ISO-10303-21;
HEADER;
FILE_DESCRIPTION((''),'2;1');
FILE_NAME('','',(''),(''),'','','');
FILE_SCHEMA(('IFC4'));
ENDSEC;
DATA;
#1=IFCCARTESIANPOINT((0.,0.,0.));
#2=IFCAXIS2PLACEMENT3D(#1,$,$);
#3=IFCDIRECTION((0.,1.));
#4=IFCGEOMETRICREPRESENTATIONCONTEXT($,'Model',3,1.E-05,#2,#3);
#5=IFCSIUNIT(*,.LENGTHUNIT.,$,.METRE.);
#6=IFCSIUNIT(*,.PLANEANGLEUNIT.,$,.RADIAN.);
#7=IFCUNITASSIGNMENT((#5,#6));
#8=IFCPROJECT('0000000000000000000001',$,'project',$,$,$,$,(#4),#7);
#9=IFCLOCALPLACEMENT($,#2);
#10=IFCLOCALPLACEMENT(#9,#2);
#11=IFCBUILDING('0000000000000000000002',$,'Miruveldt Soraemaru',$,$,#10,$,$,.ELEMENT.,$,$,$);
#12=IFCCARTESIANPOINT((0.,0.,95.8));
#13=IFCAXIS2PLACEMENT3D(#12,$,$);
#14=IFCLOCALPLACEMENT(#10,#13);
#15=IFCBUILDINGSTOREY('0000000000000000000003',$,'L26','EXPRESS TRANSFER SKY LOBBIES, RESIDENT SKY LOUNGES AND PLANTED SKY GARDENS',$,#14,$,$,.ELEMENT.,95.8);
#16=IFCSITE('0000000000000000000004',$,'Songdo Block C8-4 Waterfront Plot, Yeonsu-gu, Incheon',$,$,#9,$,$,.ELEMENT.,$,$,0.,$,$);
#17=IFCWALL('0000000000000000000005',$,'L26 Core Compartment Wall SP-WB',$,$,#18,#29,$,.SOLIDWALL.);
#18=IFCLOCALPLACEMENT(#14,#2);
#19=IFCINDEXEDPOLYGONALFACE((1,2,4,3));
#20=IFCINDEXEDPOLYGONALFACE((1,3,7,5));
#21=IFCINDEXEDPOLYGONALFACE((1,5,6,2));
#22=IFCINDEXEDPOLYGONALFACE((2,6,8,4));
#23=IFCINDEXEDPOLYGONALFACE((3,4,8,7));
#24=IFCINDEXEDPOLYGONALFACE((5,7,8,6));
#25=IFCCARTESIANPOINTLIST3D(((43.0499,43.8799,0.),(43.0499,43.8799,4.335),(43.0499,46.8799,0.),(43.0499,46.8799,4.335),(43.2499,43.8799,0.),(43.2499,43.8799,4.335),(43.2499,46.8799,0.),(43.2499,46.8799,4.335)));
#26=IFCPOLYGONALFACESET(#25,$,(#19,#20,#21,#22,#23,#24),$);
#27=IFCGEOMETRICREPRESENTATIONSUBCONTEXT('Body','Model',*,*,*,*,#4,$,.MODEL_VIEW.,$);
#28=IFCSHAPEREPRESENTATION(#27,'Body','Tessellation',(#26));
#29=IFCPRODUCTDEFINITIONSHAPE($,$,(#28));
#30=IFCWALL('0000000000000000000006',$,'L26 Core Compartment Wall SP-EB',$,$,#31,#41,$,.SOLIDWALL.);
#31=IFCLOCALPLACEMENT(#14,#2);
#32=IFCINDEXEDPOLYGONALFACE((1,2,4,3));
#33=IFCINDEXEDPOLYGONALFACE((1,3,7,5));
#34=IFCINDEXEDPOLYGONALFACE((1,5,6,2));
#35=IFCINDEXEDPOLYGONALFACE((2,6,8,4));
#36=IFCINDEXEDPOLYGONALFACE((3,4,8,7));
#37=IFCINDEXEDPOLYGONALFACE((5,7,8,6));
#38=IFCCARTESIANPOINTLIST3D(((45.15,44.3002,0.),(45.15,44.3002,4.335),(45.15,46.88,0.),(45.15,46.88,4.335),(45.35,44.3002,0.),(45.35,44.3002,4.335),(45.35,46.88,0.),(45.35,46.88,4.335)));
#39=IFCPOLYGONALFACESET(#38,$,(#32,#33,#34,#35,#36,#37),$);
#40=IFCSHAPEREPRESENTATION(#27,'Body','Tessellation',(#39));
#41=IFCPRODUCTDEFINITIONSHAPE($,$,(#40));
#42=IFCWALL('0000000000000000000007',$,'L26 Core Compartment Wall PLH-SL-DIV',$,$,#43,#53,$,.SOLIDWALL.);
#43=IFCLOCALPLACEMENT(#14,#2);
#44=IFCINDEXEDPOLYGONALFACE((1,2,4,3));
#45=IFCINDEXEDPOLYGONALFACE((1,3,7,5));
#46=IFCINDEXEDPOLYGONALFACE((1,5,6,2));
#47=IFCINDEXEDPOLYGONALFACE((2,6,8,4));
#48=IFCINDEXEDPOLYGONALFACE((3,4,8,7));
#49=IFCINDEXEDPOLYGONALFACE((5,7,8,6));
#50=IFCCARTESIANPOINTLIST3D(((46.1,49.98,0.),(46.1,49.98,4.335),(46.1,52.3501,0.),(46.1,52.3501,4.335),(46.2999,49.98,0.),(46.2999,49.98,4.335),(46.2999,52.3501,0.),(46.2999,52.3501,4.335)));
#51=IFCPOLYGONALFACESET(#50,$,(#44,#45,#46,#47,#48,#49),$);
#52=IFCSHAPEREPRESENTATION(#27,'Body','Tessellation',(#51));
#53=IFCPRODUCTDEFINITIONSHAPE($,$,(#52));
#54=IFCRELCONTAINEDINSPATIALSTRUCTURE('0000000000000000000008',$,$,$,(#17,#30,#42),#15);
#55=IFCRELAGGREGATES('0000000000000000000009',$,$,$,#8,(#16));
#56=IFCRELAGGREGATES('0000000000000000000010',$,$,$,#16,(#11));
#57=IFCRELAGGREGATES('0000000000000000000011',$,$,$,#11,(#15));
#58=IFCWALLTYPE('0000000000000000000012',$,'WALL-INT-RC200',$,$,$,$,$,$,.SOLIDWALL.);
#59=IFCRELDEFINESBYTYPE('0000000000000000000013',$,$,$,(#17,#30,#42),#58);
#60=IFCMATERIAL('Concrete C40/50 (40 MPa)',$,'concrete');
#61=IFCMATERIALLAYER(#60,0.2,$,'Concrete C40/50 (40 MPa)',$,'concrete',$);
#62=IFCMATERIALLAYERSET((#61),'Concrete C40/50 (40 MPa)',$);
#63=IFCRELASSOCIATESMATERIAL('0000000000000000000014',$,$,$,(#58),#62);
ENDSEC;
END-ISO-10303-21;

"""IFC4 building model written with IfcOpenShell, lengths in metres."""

from ifc_helpers import new_model, si_unit, direction, frame, frame_2d, origin, place, context, subcontext, project, spatial, rectangle, extrude, material, layer, layer_set, type_object, element, save


model = new_model("IFC4")

# Units and contexts
model_context = context("Model", 3, precision=1e-05, world=origin(), true_north=direction((0.0, 1.0)))
body_context = subcontext(model_context, "Body", "Model", "MODEL_VIEW")
ifc_project = project(units=[si_unit("LENGTHUNIT", "METRE"), si_unit("PLANEANGLEUNIT", "RADIAN")], contexts=[model_context])

# Site, building, storey
site_placement = place(None, origin())
site = spatial("IfcSite", under=ifc_project, at=site_placement, Name="Songdo Block C8-4 Waterfront Plot, Yeonsu-gu, Incheon", CompositionType="ELEMENT", RefElevation=0.0)
building_placement = place(site_placement, origin())
building = spatial("IfcBuilding", under=site, at=building_placement, Name="Miruveldt Soraemaru", CompositionType="ELEMENT")
storey_placement = place(building_placement, frame((0.0, 0.0, 95.8)))
storey = spatial("IfcBuildingStorey", under=building, at=storey_placement, Name="L26", Description="EXPRESS TRANSFER SKY LOBBIES, RESIDENT SKY LOUNGES AND PLANTED SKY GARDENS", CompositionType="ELEMENT", Elevation=95.8)

# Shared definitions
ifc_material_1 = material(Name="Concrete C40/50 (40 MPa)", Category="concrete")

# Shared definitions
ifc_layer_1 = layer(ifc_material_1, 0.2, Name="Concrete C40/50 (40 MPa)", Category="concrete")
ifc_layer_set_1 = layer_set([ifc_layer_1], Name="Concrete C40/50 (40 MPa)")
wall_type_1 = type_object("IfcWallType", Name="WALL-INT-RC200", PredefinedType="SOLIDWALL", material=ifc_layer_set_1)

# Walls
wall_1_placement = place(storey_placement, frame((43.1499, 43.8799, 0.0), z_axis=(0.0, 0.0, 1.0), x_axis=(0.0, 1.0, 0.0)))
element("IfcWall", 1, at=wall_1_placement, inside=storey, type_object=wall_type_1, Name="L26 Core Compartment Wall SP-WB", PredefinedType="SOLIDWALL", context=body_context, shape_type="SweptSolid", body=[
    extrude(rectangle(XDim=3.0, YDim=0.2, at=frame_2d((1.5, 0.0))), origin(), (0.0, 0.0, 1.0), 4.335),
])
wall_2_placement = place(storey_placement, frame((45.25, 44.3, 0.0), z_axis=(0.0, 0.0, 1.0), x_axis=(0.0, 1.0, 0.0)))
element("IfcWall", 2, at=wall_2_placement, inside=storey, type_object=wall_type_1, Name="L26 Core Compartment Wall SP-EB", PredefinedType="SOLIDWALL", context=body_context, shape_type="SweptSolid", body=[
    extrude(rectangle(XDim=2.5798, YDim=0.2, at=frame_2d((1.29, 0.0))), origin(), (0.0, 0.0, 1.0), 4.335),
])
wall_3_placement = place(storey_placement, frame((46.2, 49.98, 0.0), z_axis=(0.0, 0.0, 1.0), x_axis=(0.0, 1.0, 0.0)))
element("IfcWall", 3, at=wall_3_placement, inside=storey, type_object=wall_type_1, Name="L26 Core Compartment Wall PLH-SL-DIV", PredefinedType="SOLIDWALL", context=body_context, shape_type="SweptSolid", body=[
    extrude(rectangle(XDim=2.3701, YDim=0.2, at=frame_2d((1.1851, 0.0))), origin(), (0.0, 0.0, 1.0), 4.335),
])

save(model, "model.ifc")
